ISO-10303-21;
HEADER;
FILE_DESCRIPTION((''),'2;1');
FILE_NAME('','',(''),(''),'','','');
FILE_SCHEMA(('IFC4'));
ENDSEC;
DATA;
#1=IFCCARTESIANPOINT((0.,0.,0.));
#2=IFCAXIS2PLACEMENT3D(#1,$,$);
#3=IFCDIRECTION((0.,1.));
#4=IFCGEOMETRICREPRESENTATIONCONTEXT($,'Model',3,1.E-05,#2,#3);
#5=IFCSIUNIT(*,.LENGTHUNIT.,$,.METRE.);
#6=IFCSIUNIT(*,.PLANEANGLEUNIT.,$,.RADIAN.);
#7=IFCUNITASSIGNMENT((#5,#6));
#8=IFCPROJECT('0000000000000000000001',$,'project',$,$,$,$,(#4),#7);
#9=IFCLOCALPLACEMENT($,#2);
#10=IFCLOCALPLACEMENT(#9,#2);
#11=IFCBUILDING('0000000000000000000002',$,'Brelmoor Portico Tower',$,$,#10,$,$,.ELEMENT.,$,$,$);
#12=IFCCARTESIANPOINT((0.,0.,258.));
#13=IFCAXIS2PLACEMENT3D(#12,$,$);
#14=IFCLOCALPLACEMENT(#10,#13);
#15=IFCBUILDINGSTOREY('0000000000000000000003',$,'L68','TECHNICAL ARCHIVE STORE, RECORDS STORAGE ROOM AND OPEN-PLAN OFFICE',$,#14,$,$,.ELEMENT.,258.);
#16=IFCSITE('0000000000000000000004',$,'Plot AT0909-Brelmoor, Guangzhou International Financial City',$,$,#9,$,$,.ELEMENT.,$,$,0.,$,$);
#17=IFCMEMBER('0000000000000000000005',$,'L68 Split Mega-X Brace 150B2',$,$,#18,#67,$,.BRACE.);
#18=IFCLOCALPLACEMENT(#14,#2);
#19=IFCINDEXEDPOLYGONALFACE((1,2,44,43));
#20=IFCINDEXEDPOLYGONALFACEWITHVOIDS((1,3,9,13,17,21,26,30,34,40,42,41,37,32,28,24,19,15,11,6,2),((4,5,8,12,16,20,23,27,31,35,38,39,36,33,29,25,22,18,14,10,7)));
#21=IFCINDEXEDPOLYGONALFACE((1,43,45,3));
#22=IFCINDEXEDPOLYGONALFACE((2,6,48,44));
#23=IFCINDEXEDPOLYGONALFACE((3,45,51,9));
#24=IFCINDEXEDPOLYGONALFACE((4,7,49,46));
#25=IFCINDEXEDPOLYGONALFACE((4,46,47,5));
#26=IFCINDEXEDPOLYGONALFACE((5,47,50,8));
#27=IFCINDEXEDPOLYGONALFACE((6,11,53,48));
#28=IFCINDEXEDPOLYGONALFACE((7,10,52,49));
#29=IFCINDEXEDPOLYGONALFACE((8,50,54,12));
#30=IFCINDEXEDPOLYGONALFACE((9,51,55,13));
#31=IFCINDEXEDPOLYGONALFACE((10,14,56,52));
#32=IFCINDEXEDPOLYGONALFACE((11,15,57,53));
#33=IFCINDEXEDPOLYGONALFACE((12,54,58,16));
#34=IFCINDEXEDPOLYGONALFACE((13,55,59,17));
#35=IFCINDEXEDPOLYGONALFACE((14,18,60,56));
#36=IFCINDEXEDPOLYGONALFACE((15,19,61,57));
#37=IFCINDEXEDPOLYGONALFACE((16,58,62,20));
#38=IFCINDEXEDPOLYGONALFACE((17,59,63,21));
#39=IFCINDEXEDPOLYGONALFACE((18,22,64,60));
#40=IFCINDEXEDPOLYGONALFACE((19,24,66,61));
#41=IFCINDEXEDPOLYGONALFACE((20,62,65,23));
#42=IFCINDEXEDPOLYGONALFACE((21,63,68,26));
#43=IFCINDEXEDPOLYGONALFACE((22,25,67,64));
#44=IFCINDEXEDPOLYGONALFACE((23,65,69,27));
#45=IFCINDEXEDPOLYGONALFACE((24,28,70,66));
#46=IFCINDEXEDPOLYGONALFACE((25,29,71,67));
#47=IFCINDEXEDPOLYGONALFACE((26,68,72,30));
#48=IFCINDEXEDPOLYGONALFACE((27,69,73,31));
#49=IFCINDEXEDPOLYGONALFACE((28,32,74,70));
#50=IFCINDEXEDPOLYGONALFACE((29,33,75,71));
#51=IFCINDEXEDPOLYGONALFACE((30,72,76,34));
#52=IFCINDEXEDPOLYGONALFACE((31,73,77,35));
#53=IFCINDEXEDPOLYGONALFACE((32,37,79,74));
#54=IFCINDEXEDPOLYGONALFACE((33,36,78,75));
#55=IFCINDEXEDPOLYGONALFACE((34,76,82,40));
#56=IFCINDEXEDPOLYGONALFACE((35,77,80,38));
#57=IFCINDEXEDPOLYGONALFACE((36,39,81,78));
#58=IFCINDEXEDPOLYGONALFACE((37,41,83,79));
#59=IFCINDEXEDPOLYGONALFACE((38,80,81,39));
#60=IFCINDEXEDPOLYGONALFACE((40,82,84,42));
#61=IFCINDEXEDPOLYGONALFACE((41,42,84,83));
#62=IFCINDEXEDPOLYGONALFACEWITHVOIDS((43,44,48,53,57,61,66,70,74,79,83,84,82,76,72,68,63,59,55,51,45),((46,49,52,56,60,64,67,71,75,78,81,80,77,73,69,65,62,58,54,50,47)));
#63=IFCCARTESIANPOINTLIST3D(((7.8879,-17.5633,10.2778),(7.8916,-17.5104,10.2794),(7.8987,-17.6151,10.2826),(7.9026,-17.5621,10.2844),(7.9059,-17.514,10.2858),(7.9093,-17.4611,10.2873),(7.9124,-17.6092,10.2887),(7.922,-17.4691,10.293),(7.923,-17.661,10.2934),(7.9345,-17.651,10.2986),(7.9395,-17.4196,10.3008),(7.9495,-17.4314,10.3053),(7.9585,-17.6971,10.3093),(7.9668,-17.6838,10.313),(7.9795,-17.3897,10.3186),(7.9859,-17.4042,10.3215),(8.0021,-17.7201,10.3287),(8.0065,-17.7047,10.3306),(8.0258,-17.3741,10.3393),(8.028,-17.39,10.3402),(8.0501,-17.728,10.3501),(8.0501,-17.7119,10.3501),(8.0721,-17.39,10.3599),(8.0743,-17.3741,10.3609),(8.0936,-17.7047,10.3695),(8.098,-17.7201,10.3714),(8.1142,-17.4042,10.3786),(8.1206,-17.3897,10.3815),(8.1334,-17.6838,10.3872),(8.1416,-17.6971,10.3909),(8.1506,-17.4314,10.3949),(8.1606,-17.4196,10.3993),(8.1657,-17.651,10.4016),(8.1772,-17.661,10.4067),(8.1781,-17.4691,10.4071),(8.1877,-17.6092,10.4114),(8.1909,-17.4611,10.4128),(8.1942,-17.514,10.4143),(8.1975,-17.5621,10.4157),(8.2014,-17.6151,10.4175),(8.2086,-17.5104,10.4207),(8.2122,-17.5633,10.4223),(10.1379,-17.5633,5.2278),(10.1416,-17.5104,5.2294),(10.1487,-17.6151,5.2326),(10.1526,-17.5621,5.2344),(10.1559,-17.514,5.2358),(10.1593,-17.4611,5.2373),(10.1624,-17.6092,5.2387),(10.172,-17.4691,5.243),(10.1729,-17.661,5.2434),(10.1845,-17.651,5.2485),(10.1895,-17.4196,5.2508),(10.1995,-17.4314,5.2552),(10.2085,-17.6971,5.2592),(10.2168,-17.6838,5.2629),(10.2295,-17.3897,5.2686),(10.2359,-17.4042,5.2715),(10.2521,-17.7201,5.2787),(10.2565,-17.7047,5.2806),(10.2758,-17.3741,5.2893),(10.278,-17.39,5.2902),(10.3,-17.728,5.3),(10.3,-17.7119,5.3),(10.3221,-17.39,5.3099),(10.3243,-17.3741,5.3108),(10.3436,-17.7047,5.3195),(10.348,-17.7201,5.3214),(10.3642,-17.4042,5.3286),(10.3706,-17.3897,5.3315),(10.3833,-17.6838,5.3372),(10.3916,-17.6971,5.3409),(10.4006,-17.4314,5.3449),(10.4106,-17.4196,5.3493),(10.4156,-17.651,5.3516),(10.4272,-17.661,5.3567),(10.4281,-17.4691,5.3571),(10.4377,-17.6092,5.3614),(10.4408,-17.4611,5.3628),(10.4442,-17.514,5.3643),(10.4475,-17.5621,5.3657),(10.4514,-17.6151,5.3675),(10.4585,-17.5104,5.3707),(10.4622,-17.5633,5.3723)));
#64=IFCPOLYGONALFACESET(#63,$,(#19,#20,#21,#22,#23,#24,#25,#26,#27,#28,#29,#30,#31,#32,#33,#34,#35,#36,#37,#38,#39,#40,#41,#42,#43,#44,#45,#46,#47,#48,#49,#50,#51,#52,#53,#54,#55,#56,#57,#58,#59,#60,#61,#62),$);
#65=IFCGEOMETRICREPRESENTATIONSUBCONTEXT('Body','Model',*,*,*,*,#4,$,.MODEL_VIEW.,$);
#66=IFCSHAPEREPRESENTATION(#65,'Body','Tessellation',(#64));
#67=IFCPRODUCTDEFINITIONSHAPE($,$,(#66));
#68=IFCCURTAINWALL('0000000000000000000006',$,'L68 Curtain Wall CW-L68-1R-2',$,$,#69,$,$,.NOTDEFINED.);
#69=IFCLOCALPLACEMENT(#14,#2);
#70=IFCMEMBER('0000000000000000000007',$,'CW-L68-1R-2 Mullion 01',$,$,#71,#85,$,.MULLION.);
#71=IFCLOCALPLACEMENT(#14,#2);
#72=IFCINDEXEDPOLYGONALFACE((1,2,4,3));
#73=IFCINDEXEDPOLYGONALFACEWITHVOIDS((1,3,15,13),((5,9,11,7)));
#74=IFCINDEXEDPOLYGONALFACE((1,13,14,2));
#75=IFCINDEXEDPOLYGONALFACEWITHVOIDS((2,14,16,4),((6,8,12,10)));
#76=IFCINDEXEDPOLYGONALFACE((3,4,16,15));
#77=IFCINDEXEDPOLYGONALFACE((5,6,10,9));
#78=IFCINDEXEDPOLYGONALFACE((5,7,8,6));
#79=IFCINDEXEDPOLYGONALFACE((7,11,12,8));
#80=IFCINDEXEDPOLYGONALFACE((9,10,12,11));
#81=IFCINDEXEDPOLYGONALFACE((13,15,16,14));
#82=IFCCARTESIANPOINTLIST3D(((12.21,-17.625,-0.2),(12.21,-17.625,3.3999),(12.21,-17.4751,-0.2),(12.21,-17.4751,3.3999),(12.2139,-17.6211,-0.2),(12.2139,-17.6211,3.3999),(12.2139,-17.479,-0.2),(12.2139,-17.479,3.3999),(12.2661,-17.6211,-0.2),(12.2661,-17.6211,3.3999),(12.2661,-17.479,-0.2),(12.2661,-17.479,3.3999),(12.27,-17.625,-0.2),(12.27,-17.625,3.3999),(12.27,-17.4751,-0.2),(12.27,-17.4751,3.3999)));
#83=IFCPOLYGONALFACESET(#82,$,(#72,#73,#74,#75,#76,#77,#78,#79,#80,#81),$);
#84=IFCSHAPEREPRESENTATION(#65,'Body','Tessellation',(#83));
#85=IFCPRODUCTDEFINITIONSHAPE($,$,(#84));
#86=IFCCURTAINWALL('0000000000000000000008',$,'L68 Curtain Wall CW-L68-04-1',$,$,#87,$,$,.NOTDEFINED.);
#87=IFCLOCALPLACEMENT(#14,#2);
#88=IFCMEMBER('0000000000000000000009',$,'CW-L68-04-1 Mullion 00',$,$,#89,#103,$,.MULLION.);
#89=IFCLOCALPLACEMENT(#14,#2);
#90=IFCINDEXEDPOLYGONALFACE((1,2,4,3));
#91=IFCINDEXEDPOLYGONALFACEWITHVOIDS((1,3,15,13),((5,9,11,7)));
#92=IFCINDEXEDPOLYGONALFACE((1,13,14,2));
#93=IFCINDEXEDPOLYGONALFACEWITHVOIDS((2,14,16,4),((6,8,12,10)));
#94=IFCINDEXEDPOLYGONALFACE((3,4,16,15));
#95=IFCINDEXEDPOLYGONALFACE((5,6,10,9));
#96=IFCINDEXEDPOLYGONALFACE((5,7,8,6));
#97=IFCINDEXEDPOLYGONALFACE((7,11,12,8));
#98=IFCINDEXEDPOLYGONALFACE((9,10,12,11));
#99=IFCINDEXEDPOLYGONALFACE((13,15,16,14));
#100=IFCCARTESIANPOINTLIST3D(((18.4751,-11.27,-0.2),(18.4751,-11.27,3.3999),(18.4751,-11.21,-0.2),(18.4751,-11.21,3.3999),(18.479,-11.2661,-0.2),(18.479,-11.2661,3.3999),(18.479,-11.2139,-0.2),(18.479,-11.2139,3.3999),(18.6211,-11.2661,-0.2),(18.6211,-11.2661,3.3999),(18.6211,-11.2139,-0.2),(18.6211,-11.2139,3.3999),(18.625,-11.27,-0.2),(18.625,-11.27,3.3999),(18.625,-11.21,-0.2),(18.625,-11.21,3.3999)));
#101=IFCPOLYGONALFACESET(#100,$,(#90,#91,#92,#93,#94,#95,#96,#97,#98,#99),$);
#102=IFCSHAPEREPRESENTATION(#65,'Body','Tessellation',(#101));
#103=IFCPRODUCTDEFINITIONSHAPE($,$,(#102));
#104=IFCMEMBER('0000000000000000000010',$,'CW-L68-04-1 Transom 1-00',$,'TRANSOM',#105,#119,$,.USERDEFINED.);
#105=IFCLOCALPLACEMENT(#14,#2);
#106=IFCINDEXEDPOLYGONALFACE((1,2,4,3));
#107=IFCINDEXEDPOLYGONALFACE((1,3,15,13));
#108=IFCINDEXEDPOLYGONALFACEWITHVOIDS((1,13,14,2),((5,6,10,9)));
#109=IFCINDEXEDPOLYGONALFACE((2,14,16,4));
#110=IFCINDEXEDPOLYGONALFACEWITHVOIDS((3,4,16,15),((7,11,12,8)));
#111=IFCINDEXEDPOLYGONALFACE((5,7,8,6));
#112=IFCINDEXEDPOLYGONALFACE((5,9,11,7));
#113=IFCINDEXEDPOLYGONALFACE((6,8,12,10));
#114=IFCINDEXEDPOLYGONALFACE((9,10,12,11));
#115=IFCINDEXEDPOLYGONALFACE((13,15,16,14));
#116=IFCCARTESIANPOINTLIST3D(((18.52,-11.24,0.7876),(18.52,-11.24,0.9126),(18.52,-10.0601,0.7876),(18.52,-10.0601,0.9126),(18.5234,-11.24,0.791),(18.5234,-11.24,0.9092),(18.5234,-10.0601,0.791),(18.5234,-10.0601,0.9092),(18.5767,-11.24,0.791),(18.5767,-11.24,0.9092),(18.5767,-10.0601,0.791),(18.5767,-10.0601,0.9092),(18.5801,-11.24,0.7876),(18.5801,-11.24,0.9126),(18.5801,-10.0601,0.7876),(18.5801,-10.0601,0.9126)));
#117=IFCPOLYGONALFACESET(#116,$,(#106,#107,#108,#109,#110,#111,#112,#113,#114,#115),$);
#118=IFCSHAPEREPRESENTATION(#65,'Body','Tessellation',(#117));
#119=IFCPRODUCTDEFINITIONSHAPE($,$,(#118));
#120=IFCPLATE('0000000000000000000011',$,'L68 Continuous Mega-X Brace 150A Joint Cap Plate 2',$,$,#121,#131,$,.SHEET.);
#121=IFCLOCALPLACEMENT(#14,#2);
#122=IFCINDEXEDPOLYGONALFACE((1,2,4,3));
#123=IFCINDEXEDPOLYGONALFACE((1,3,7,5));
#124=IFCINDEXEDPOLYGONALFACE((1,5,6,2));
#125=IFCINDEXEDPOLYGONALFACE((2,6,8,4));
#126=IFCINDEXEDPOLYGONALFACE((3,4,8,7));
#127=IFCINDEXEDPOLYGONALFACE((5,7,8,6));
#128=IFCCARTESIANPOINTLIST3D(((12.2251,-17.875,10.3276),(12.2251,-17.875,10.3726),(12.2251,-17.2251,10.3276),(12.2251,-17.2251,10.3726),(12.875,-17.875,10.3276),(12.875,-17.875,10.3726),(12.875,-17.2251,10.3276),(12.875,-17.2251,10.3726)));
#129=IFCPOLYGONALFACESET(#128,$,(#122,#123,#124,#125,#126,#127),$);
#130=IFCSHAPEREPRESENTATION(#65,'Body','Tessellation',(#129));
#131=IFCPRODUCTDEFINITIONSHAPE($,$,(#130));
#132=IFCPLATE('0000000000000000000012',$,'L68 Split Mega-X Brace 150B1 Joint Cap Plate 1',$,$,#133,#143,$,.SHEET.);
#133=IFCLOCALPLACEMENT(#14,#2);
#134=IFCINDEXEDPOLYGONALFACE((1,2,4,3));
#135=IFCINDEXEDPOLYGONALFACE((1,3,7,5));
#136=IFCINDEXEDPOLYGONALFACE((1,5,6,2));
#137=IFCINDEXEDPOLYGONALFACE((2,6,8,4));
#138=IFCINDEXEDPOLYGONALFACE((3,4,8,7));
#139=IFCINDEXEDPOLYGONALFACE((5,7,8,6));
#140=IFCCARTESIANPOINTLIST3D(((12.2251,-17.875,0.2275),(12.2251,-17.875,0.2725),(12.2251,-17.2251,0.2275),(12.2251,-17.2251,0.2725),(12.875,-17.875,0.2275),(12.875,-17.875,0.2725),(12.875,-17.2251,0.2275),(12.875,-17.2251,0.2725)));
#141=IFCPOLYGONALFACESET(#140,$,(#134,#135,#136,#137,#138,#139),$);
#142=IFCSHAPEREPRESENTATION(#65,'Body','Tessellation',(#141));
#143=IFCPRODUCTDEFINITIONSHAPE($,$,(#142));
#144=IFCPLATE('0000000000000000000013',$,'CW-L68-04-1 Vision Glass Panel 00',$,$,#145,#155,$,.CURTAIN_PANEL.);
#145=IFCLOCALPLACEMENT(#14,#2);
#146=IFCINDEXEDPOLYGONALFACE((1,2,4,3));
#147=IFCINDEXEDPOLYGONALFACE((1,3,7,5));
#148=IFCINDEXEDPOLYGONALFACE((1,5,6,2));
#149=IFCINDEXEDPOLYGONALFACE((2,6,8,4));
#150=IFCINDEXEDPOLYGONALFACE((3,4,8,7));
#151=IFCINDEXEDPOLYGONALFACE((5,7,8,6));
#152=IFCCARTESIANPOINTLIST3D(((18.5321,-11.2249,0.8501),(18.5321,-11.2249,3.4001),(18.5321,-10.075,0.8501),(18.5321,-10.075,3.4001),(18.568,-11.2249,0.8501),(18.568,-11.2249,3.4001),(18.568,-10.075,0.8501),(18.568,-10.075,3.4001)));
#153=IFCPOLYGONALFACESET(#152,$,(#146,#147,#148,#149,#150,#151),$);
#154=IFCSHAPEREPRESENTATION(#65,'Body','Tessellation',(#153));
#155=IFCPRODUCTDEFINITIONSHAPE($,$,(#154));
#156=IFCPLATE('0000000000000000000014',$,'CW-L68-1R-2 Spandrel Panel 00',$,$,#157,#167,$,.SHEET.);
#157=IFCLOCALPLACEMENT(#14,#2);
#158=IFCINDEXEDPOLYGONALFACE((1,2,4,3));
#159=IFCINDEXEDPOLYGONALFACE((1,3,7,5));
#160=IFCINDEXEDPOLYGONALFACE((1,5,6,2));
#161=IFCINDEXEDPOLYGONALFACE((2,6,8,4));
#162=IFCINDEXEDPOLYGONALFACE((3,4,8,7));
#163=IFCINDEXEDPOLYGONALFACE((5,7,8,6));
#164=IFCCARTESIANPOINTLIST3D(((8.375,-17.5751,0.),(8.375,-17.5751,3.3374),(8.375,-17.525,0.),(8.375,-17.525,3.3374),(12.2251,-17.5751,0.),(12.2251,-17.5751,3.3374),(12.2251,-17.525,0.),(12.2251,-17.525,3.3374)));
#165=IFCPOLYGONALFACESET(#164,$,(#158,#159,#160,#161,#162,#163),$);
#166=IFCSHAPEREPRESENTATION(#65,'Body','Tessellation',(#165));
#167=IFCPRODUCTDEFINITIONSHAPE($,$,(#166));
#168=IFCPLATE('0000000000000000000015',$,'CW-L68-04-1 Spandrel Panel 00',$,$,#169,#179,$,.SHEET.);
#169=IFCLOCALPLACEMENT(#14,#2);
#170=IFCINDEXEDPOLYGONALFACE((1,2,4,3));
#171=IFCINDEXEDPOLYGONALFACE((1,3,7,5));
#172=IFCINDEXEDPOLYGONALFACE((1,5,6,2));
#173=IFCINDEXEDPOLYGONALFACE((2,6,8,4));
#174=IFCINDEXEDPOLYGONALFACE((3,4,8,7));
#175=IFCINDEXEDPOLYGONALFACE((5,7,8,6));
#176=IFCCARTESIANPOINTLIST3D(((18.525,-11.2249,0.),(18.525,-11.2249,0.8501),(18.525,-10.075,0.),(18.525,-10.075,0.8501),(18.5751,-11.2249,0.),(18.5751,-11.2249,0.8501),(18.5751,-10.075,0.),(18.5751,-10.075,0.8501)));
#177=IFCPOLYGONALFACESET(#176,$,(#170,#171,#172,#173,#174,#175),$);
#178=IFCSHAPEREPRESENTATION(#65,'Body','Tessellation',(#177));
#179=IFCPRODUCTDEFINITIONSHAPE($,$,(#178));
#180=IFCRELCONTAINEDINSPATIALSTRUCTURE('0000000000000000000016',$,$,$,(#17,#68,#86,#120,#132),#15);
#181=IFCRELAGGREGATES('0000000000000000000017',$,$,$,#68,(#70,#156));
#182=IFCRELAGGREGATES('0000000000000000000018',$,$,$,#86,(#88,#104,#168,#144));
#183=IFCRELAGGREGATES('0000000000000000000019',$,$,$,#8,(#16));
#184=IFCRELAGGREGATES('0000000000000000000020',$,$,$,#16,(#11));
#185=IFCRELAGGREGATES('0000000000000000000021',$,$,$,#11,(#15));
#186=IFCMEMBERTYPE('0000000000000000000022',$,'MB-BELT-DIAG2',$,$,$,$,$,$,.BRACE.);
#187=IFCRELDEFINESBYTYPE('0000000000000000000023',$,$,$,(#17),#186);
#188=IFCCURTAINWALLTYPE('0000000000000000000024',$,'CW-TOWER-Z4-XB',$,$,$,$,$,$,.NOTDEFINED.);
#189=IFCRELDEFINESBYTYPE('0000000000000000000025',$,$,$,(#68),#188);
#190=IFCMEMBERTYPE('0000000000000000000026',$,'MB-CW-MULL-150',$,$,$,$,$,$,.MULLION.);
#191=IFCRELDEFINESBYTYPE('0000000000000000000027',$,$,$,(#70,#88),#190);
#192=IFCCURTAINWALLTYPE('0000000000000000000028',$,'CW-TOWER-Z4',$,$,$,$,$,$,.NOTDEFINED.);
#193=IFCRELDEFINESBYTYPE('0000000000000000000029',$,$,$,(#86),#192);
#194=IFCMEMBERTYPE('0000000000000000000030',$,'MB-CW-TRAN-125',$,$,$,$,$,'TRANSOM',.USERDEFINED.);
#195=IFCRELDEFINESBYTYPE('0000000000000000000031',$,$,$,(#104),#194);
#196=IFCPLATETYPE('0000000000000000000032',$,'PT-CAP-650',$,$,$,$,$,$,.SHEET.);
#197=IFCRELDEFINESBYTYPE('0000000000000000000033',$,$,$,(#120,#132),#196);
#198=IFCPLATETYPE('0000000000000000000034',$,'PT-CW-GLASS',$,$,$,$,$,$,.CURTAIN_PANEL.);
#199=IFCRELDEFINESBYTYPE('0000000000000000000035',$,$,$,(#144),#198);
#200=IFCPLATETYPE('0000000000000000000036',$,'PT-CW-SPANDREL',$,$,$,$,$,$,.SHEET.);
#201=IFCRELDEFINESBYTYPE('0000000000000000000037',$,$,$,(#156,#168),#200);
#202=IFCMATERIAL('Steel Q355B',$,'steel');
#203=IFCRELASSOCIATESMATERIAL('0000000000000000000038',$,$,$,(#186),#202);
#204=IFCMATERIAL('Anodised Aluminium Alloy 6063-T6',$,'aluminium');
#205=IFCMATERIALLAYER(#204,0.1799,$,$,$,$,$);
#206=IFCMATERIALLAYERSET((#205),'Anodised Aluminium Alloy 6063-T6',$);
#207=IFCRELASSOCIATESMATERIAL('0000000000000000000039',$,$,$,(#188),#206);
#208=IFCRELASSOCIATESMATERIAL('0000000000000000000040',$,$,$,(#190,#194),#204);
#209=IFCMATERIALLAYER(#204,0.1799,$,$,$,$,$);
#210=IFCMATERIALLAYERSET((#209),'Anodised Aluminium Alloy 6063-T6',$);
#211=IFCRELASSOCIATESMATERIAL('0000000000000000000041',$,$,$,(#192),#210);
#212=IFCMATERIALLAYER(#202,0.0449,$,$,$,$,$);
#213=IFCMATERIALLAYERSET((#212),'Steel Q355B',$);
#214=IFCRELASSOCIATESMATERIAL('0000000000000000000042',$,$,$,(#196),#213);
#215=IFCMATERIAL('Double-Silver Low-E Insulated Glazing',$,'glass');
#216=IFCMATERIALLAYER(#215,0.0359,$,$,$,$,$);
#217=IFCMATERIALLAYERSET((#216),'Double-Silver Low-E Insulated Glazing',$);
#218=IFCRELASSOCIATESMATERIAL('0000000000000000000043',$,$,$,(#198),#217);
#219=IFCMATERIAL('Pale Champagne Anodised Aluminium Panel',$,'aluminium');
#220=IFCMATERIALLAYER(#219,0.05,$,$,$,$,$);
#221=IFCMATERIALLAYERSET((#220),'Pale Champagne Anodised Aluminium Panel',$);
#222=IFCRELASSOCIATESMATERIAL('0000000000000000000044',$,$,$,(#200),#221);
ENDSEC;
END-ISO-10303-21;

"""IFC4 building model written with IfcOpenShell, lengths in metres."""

from ifc_helpers import new_model, si_unit, direction, frame, origin, origin_2d, place, context, subcontext, project, spatial, rectangle, hollow_rectangle, hollow_circle, extrude, material, layer, layer_set, material_profile, profile_set, type_object, element, aggregate, save


model = new_model("IFC4")

# Units and contexts
model_context = context("Model", 3, precision=1e-05, world=origin(), true_north=direction((0.0, 1.0)))
body_context = subcontext(model_context, "Body", "Model", "MODEL_VIEW")
ifc_project = project(units=[si_unit("LENGTHUNIT", "METRE"), si_unit("PLANEANGLEUNIT", "RADIAN")], contexts=[model_context])

# Site, building, storey
site_placement = place(None, origin())
site = spatial("IfcSite", under=ifc_project, at=site_placement, Name="Plot AT0909-Brelmoor, Guangzhou International Financial City", CompositionType="ELEMENT", RefElevation=0.0)
building_placement = place(site_placement, origin())
building = spatial("IfcBuilding", under=site, at=building_placement, Name="Brelmoor Portico Tower", CompositionType="ELEMENT")
storey_placement = place(building_placement, frame((0.0, 0.0, 258.0)))
storey = spatial("IfcBuildingStorey", under=building, at=storey_placement, Name="L68", Description="TECHNICAL ARCHIVE STORE, RECORDS STORAGE ROOM AND OPEN-PLAN OFFICE", CompositionType="ELEMENT", Elevation=258.0)

# Shared definitions
ifc_material_1 = material(Name="Steel Q355B", Category="steel")

# Member
ifc_material_profile_1 = material_profile(ifc_material_1, hollow_circle(Radius=0.178, WallThickness=0.0161, at=origin_2d()), Name="CHS 356x16")
ifc_profile_set_1 = profile_set([ifc_material_profile_1], Name="Steel Q355B")
member_type_1 = type_object("IfcMemberType", Name="MB-BELT-DIAG2", PredefinedType="BRACE", material=ifc_profile_set_1)
for number, where, z_axis, x_axis, name in (
    (1, (10.3, -17.55, 5.3), (-0.406974, 0.0, 0.91344), (0.0, -1.0, 0.0), "L68 Split Mega-X Brace 150B2"),
):
    element("IfcMember", number, at=place(storey_placement, frame(where, z_axis=z_axis, x_axis=x_axis)), inside=storey, type_object=member_type_1, Name=name, PredefinedType="BRACE", context=body_context, shape_type="SweptSolid", body=[
        extrude(hollow_circle(Radius=0.178, WallThickness=0.0161, at=origin_2d()), origin(), (0.0, 0.0, 1.0), 5.5286),
    ])

# Curtain wall, member
ifc_material_2 = material(Name="Anodised Aluminium Alloy 6063-T6", Category="aluminium")
ifc_layer_1 = layer(ifc_material_2, 0.1799)
ifc_layer_set_1 = layer_set([ifc_layer_1], Name="Anodised Aluminium Alloy 6063-T6")
curtain_wall_type_1 = type_object("IfcCurtainWallType", Name="CW-TOWER-Z4-XB", PredefinedType="NOTDEFINED", material=ifc_layer_set_1)
curtain_wall_1_placement = place(storey_placement, origin())
curtain_wall_1 = element("IfcCurtainWall", 2, at=curtain_wall_1_placement, inside=storey, type_object=curtain_wall_type_1, Name="L68 Curtain Wall CW-L68-1R-2", PredefinedType="NOTDEFINED")
ifc_material_profile_2 = material_profile(ifc_material_2, hollow_rectangle(XDim=0.0601, YDim=0.1499, WallThickness=0.0039, at=origin_2d()), Name="ALU MULLION 60x150")
ifc_profile_set_2 = profile_set([ifc_material_profile_2], Name="Anodised Aluminium Alloy 6063-T6")
member_type_2 = type_object("IfcMemberType", Name="MB-CW-MULL-150", PredefinedType="MULLION", material=ifc_profile_set_2)
member_1_placement = place(storey_placement, frame((12.24, -17.55, -0.2), z_axis=(0.0, 0.0, 1.0), x_axis=(1.0, 0.0, 0.0)))
member_1 = element("IfcMember", 3, at=member_1_placement, type_object=member_type_2, Name="CW-L68-1R-2 Mullion 01", PredefinedType="MULLION", context=body_context, shape_type="SweptSolid", body=[
    extrude(hollow_rectangle(XDim=0.0601, YDim=0.1499, WallThickness=0.0039, at=origin_2d()), origin(), (0.0, 0.0, 1.0), 3.5999),
])

# Curtain wall, members
ifc_layer_2 = layer(ifc_material_2, 0.1799)
ifc_layer_set_2 = layer_set([ifc_layer_2], Name="Anodised Aluminium Alloy 6063-T6")
curtain_wall_type_2 = type_object("IfcCurtainWallType", Name="CW-TOWER-Z4", PredefinedType="NOTDEFINED", material=ifc_layer_set_2)
curtain_wall_2_placement = place(storey_placement, origin())
curtain_wall_2 = element("IfcCurtainWall", 4, at=curtain_wall_2_placement, inside=storey, type_object=curtain_wall_type_2, Name="L68 Curtain Wall CW-L68-04-1", PredefinedType="NOTDEFINED")
member_2_placement = place(storey_placement, frame((18.55, -11.24, -0.2), z_axis=(0.0, 0.0, 1.0), x_axis=(0.0, 1.0, 0.0)))
member_2 = element("IfcMember", 5, at=member_2_placement, type_object=member_type_2, Name="CW-L68-04-1 Mullion 00", PredefinedType="MULLION", context=body_context, shape_type="SweptSolid", body=[
    extrude(hollow_rectangle(XDim=0.0601, YDim=0.1499, WallThickness=0.0039, at=origin_2d()), origin(), (0.0, 0.0, 1.0), 3.5999),
])
ifc_material_profile_3 = material_profile(ifc_material_2, hollow_rectangle(XDim=0.0601, YDim=0.125, WallThickness=0.0034, at=origin_2d()), Name="ALU TRANSOM 60x125")
ifc_profile_set_3 = profile_set([ifc_material_profile_3], Name="Anodised Aluminium Alloy 6063-T6")
member_type_3 = type_object("IfcMemberType", Name="MB-CW-TRAN-125", ElementType="TRANSOM", PredefinedType="USERDEFINED", material=ifc_profile_set_3)
member_3_placement = place(storey_placement, frame((18.55, -11.24, 0.8501), z_axis=(0.0, 1.0, 0.0), x_axis=(-1.0, 0.0, 0.0)))
member_3 = element("IfcMember", 6, at=member_3_placement, type_object=member_type_3, Name="CW-L68-04-1 Transom 1-00", ObjectType="TRANSOM", PredefinedType="USERDEFINED", context=body_context, shape_type="SweptSolid", body=[
    extrude(hollow_rectangle(XDim=0.0601, YDim=0.125, WallThickness=0.0034, at=origin_2d()), origin(), (0.0, 0.0, 1.0), 1.1799),
])

# Plates
ifc_layer_3 = layer(ifc_material_1, 0.0449)
ifc_layer_set_3 = layer_set([ifc_layer_3], Name="Steel Q355B")
plate_type_1 = type_object("IfcPlateType", Name="PT-CAP-650", PredefinedType="SHEET", material=ifc_layer_set_3)
for number, where, z_axis, x_axis, name in (
    (7, (12.55, -17.55, 10.3276), (0.0, 0.0, 1.0), (1.0, 0.0, 0.0), "L68 Continuous Mega-X Brace 150A Joint Cap Plate 2"),
    (8, (12.55, -17.55, 0.2275), (0.0, 0.0, 1.0), (1.0, 0.0, 0.0), "L68 Split Mega-X Brace 150B1 Joint Cap Plate 1"),
):
    element("IfcPlate", number, at=place(storey_placement, frame(where, z_axis=z_axis, x_axis=x_axis)), inside=storey, type_object=plate_type_1, Name=name, PredefinedType="SHEET", context=body_context, shape_type="SweptSolid", body=[
        extrude(rectangle(XDim=0.6499, YDim=0.6499, at=origin_2d()), origin(), (0.0, 0.0, 1.0), 0.0449),
    ])

# Plates
ifc_material_3 = material(Name="Double-Silver Low-E Insulated Glazing", Category="glass")
ifc_layer_4 = layer(ifc_material_3, 0.0359)
ifc_layer_set_4 = layer_set([ifc_layer_4], Name="Double-Silver Low-E Insulated Glazing")
plate_type_2 = type_object("IfcPlateType", Name="PT-CW-GLASS", PredefinedType="CURTAIN_PANEL", material=ifc_layer_set_4)
plate_1_placement = place(storey_placement, frame((18.55, -10.6499, 0.8501), z_axis=(0.0, 0.0, 1.0), x_axis=(0.0, 1.0, 0.0)))
plate_1 = element("IfcPlate", 9, at=plate_1_placement, type_object=plate_type_2, Name="CW-L68-04-1 Vision Glass Panel 00", PredefinedType="CURTAIN_PANEL", context=body_context, shape_type="SweptSolid", body=[
    extrude(rectangle(XDim=1.1499, YDim=0.0359, at=origin_2d()), origin(), (0.0, 0.0, 1.0), 2.55),
])
ifc_material_4 = material(Name="Pale Champagne Anodised Aluminium Panel", Category="aluminium")
ifc_layer_5 = layer(ifc_material_4, 0.05)
ifc_layer_set_5 = layer_set([ifc_layer_5], Name="Pale Champagne Anodised Aluminium Panel")
plate_type_3 = type_object("IfcPlateType", Name="PT-CW-SPANDREL", PredefinedType="SHEET", material=ifc_layer_set_5)
plate_2_placement = place(storey_placement, frame((10.3, -17.55, 0.0), z_axis=(0.0, 0.0, 1.0), x_axis=(1.0, 0.0, 0.0)))
plate_2 = element("IfcPlate", 10, at=plate_2_placement, type_object=plate_type_3, Name="CW-L68-1R-2 Spandrel Panel 00", PredefinedType="SHEET", context=body_context, shape_type="SweptSolid", body=[
    extrude(rectangle(XDim=3.8501, YDim=0.05, at=origin_2d()), origin(), (0.0, 0.0, 1.0), 3.3374),
])
aggregate(curtain_wall_1, [member_1, plate_2])
plate_3_placement = place(storey_placement, frame((18.55, -10.6499, 0.0), z_axis=(0.0, 0.0, 1.0), x_axis=(0.0, 1.0, 0.0)))
plate_3 = element("IfcPlate", 11, at=plate_3_placement, type_object=plate_type_3, Name="CW-L68-04-1 Spandrel Panel 00", PredefinedType="SHEET", context=body_context, shape_type="SweptSolid", body=[
    extrude(rectangle(XDim=1.1499, YDim=0.05, at=origin_2d()), origin(), (0.0, 0.0, 1.0), 0.8501),
])
aggregate(curtain_wall_2, [member_2, member_3, plate_3, plate_1])

save(model, "model.ifc")
